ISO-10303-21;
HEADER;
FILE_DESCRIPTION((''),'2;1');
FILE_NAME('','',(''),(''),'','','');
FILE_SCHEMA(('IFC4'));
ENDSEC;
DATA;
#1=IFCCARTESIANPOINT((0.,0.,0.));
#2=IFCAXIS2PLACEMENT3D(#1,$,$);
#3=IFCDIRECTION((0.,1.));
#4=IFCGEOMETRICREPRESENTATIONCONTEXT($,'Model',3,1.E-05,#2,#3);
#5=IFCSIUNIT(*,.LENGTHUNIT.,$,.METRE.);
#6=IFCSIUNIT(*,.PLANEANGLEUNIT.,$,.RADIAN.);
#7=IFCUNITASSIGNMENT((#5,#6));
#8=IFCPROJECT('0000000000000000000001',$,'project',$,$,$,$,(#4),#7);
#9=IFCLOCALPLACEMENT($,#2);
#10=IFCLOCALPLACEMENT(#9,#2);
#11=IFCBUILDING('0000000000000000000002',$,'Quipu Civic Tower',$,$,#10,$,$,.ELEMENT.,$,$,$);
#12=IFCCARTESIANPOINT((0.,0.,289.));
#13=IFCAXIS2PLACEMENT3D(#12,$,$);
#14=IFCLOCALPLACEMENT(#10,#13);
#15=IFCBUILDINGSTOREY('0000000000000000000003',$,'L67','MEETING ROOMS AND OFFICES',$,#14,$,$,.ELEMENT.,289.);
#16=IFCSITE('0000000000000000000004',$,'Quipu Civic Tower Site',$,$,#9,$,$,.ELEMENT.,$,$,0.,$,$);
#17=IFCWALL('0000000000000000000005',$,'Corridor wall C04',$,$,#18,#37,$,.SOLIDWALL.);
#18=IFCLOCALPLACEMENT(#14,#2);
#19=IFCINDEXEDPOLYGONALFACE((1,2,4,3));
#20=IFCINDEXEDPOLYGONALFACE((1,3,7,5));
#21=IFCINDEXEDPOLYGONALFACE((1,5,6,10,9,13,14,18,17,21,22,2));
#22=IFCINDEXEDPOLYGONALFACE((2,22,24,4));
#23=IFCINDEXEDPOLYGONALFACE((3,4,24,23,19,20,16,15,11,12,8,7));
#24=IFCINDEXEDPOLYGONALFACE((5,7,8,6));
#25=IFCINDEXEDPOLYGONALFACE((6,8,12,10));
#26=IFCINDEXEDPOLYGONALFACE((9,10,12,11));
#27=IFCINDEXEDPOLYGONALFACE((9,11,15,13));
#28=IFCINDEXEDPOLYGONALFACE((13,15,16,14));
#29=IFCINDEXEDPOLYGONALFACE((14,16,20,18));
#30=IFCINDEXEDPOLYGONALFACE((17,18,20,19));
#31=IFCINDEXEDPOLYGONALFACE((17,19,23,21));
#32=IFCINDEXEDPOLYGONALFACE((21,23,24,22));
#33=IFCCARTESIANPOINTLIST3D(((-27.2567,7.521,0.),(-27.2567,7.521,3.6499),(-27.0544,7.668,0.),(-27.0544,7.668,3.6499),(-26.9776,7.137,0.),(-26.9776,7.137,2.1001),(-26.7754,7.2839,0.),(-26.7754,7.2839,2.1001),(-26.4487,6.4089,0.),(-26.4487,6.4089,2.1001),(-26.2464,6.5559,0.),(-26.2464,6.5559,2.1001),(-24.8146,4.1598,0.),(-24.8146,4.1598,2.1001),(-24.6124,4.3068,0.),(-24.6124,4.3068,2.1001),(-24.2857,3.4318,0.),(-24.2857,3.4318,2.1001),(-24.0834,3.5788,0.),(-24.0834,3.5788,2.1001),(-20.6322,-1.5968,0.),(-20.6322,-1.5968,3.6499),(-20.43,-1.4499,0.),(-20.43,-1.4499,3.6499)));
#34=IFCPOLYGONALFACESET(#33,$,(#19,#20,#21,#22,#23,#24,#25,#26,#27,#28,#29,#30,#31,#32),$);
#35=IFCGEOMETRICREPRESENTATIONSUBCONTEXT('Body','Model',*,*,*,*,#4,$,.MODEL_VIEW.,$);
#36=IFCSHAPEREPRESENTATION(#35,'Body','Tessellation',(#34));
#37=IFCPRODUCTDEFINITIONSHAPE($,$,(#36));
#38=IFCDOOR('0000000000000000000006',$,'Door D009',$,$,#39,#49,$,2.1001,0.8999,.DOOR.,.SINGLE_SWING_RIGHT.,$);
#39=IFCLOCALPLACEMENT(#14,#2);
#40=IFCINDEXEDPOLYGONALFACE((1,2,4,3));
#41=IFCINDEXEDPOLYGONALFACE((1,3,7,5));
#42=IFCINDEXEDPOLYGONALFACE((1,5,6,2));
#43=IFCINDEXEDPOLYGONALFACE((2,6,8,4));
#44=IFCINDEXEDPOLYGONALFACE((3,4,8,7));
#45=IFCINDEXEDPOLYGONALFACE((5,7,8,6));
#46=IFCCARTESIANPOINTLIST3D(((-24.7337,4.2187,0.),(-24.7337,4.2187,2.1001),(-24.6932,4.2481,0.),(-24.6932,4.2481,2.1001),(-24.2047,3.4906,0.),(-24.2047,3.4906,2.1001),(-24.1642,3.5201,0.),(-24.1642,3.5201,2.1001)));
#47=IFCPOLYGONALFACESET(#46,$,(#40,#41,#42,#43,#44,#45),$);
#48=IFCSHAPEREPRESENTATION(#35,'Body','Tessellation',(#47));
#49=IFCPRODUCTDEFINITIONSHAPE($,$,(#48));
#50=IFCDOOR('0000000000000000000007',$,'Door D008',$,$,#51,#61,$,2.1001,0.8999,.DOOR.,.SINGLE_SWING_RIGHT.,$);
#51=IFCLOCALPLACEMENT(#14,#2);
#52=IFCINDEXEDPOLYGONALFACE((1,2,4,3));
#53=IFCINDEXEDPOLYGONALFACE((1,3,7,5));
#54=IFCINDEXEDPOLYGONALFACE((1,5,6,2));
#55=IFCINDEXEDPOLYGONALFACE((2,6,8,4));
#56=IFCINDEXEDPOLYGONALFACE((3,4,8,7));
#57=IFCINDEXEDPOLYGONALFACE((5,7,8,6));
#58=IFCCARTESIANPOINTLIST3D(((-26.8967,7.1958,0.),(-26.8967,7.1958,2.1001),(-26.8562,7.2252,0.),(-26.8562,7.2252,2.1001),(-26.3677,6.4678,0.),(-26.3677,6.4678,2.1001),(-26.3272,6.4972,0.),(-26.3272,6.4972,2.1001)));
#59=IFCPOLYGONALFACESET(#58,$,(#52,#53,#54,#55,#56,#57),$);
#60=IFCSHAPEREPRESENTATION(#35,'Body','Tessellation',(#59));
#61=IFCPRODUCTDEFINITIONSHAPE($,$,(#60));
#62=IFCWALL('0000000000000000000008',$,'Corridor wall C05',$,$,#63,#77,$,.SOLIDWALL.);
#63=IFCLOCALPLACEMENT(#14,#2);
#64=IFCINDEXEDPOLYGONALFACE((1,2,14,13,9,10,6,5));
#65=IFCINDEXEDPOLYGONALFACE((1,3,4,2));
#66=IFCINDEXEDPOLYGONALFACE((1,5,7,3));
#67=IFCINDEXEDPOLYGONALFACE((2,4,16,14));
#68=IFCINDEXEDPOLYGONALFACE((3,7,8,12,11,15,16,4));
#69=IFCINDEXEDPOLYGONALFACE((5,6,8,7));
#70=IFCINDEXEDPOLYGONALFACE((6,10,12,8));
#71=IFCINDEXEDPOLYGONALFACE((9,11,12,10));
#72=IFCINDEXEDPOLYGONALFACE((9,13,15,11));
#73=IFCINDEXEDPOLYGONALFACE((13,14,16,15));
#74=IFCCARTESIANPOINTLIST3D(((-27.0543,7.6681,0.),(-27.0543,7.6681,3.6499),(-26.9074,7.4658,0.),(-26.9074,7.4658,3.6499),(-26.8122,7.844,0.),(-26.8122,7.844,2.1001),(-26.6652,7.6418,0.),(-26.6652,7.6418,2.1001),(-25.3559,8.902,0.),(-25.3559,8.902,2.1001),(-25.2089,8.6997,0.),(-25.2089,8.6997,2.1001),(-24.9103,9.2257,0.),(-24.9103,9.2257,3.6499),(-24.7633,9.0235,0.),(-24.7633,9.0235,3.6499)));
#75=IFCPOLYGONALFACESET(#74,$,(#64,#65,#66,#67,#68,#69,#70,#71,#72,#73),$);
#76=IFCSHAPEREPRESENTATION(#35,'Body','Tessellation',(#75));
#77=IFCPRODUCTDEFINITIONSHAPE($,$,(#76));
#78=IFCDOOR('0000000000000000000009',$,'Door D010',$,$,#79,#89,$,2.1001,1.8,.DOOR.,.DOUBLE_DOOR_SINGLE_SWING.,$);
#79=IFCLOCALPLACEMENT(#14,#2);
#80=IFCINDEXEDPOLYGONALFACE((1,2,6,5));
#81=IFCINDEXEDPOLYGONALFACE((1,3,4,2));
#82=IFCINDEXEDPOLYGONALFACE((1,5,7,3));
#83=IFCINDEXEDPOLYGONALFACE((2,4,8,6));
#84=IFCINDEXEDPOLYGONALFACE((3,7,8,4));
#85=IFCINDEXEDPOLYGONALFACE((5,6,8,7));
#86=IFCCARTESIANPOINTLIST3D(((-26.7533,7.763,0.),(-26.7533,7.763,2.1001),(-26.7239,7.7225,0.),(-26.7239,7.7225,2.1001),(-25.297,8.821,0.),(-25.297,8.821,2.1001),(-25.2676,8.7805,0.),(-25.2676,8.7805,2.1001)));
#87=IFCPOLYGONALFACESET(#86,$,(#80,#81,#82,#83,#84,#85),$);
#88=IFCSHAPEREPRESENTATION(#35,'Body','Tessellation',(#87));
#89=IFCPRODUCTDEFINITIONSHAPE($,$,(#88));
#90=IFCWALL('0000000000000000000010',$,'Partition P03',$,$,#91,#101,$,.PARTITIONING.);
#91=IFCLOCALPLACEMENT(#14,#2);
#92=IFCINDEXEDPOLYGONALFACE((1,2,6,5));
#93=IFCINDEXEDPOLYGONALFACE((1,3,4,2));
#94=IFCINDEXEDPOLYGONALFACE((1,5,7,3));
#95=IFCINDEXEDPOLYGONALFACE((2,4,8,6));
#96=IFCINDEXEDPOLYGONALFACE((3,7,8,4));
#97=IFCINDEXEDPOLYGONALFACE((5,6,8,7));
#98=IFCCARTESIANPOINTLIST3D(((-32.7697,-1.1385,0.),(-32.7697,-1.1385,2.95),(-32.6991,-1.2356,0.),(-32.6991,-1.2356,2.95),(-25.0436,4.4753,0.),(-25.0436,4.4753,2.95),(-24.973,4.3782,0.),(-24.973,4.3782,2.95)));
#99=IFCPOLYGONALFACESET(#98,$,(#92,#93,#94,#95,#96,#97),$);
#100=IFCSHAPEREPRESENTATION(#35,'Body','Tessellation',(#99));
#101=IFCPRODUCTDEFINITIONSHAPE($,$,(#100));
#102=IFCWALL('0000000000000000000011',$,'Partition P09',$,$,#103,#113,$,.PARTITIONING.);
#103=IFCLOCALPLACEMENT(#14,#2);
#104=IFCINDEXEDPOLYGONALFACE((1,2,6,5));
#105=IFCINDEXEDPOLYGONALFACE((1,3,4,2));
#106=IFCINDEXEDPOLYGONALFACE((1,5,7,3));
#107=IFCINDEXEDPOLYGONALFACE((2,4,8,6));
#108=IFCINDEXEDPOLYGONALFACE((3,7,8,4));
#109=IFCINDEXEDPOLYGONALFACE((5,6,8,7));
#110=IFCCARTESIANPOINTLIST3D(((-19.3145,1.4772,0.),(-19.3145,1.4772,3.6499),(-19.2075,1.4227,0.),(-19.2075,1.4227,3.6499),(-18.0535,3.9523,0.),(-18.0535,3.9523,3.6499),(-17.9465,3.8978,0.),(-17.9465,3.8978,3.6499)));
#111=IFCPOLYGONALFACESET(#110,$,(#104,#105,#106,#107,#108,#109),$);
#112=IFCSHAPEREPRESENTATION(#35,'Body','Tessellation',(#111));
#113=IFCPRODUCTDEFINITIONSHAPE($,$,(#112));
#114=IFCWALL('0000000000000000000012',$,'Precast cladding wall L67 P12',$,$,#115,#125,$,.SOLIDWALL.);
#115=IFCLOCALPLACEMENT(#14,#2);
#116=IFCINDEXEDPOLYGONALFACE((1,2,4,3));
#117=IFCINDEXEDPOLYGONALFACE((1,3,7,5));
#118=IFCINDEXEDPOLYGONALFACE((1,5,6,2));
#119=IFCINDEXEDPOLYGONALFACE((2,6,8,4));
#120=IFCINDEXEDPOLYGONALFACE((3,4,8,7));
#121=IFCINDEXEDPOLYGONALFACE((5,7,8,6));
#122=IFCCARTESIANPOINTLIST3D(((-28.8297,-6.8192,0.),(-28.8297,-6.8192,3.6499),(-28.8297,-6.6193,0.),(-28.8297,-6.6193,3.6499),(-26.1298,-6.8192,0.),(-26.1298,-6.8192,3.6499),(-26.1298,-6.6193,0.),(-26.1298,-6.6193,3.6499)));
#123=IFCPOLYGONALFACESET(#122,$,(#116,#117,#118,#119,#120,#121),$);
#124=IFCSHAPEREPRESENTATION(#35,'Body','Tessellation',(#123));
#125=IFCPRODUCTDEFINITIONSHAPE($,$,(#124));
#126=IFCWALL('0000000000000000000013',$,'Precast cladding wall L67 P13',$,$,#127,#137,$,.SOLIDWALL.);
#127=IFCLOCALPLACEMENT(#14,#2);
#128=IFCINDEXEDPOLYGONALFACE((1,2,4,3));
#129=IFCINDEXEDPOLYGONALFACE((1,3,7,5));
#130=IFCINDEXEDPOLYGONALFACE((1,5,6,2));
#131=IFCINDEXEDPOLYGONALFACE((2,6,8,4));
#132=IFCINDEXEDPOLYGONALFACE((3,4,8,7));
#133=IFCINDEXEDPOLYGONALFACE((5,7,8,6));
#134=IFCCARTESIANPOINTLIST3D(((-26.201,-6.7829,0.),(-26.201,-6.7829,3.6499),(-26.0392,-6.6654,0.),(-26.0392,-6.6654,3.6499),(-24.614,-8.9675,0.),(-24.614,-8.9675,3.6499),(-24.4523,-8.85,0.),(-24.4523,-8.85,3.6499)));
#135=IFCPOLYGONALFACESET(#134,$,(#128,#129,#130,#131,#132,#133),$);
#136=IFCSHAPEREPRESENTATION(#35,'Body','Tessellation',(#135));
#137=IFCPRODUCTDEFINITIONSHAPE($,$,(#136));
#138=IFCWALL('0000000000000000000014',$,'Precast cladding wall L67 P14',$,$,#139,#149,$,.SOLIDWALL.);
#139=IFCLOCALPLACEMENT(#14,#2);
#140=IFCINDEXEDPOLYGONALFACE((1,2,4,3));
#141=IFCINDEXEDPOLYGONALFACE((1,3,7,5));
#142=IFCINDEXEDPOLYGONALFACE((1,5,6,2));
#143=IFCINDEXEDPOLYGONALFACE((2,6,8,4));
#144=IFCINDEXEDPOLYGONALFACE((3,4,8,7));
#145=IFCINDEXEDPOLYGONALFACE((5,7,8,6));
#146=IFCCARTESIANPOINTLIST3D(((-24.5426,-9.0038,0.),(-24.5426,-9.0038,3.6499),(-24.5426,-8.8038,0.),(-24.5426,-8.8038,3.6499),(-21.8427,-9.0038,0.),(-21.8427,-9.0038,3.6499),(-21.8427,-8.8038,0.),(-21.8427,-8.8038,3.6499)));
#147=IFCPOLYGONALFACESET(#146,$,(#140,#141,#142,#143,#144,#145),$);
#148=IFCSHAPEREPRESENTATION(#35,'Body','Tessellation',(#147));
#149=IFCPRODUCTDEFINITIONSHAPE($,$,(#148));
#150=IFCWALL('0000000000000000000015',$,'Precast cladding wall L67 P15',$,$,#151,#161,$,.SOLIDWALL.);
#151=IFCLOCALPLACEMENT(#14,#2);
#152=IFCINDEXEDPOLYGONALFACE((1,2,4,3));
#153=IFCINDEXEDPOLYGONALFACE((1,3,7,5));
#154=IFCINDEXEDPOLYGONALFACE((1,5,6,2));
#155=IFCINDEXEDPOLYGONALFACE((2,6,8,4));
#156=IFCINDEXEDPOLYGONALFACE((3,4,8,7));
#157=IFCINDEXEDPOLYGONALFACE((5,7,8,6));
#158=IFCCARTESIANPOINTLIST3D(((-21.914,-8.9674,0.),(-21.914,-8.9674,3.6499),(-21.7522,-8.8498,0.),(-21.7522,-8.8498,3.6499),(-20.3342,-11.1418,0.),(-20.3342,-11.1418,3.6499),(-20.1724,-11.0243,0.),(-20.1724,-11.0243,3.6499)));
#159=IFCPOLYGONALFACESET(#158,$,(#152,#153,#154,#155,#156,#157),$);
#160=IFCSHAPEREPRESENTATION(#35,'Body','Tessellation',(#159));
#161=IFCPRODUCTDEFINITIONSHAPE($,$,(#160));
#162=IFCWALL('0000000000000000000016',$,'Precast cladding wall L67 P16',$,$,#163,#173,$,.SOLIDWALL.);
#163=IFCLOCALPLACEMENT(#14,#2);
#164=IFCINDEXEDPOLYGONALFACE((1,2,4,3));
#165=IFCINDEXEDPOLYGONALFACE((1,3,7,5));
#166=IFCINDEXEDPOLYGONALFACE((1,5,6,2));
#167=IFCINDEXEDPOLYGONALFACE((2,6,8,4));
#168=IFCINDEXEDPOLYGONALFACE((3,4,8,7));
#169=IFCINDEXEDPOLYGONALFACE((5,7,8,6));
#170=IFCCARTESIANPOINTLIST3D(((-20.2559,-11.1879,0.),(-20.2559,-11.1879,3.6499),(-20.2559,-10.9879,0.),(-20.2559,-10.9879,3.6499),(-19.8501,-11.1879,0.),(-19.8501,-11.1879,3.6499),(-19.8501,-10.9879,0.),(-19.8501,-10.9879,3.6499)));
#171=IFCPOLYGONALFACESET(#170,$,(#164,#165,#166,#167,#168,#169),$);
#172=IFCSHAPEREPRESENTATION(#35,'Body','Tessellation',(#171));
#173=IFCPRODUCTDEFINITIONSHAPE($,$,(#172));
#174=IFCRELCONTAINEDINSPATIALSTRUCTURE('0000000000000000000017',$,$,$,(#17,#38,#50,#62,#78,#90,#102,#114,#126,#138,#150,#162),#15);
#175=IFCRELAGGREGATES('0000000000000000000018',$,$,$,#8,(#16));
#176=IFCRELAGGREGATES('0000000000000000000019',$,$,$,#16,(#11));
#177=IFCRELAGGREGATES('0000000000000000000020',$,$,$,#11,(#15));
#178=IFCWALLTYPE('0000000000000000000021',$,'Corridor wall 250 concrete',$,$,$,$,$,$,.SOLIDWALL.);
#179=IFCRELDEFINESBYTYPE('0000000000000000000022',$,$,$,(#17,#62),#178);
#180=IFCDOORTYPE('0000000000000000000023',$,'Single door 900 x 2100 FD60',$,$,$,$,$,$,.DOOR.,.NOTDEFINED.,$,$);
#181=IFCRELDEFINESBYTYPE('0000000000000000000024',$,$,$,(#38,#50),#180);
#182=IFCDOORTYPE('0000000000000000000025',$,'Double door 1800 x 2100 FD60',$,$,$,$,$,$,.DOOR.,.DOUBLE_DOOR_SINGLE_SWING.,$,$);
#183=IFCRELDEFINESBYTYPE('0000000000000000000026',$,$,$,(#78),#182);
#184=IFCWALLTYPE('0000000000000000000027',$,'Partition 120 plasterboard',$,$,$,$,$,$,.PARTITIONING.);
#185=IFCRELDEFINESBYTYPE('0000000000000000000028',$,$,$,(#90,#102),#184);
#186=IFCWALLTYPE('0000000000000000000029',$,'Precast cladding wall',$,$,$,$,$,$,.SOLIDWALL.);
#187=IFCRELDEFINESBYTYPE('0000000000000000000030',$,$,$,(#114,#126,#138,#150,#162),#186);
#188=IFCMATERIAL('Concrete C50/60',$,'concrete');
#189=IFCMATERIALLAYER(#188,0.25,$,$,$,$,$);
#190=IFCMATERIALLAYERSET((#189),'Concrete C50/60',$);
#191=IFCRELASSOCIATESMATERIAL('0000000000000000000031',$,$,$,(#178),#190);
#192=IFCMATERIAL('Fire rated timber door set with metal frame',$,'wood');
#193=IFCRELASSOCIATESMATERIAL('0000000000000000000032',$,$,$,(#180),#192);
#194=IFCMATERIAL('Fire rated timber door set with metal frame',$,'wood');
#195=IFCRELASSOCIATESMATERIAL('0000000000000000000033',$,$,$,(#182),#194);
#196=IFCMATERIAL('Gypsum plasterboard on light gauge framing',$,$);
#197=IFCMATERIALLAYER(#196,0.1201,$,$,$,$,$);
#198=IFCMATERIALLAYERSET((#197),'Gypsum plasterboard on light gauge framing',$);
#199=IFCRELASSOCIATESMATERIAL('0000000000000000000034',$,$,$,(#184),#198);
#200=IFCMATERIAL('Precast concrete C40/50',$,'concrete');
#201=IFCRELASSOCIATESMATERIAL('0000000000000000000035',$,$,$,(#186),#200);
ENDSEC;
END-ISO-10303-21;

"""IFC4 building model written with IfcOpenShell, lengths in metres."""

from ifc_helpers import new_model, si_unit, direction, frame, frame_2d, origin, place, context, subcontext, project, spatial, rectangle, extrude, material, layer, layer_set, type_object, element, fill, save


model = new_model("IFC4")

# Units and contexts
model_context = context("Model", 3, precision=1e-05, world=origin(), true_north=direction((0.0, 1.0)))
body_context = subcontext(model_context, "Body", "Model", "MODEL_VIEW")
ifc_project = project(units=[si_unit("LENGTHUNIT", "METRE"), si_unit("PLANEANGLEUNIT", "RADIAN")], contexts=[model_context])

# Site, building, storey
site_placement = place(None, origin())
site = spatial("IfcSite", under=ifc_project, at=site_placement, Name="Quipu Civic Tower Site", CompositionType="ELEMENT", RefElevation=0.0)
building_placement = place(site_placement, origin())
building = spatial("IfcBuilding", under=site, at=building_placement, Name="Quipu Civic Tower", CompositionType="ELEMENT")
storey_placement = place(building_placement, frame((0.0, 0.0, 289.0)))
storey = spatial("IfcBuildingStorey", under=building, at=storey_placement, Name="L67", Description="MEETING ROOMS AND OFFICES", CompositionType="ELEMENT", Elevation=289.0)

# Wall, openings, doors
ifc_material_1 = material(Name="Concrete C50/60", Category="concrete")
ifc_layer_1 = layer(ifc_material_1, 0.25)
ifc_layer_set_1 = layer_set([ifc_layer_1], Name="Concrete C50/60")
wall_type_1 = type_object("IfcWallType", Name="Corridor wall 250 concrete", PredefinedType="SOLIDWALL", material=ifc_layer_set_1)
wall_1_placement = place(storey_placement, frame((-20.531, -1.5234, 0.0), z_axis=(0.0, 0.0, 1.0), x_axis=(-0.587783, 0.809019, 0.0)))
wall_1 = element("IfcWall", 1, at=wall_1_placement, inside=storey, type_object=wall_type_1, Name="Corridor wall C04", PredefinedType="SOLIDWALL", context=body_context, shape_type="SweptSolid", body=[
    extrude(rectangle(XDim=11.2703, YDim=0.25, at=frame_2d((5.6353, 0.0))), origin(), (0.0, 0.0, 1.0), 3.6499),
])
opening_1_placement = place(wall_1_placement, frame((6.2158, 0.0, 0.0)))
opening_1 = element("IfcOpeningElement", 2, at=opening_1_placement, cuts=wall_1, PredefinedType="OPENING", context=body_context, shape_type="SweptSolid", body=[
    extrude(rectangle(XDim=0.8999, YDim=2.1001, at=frame_2d((0.45, 1.05))), frame((0.0, 0.135, 0.0), z_axis=(0.0, -1.0, 0.0), x_axis=(1.0, 0.0, 0.0)), (0.0, 0.0, 1.0), 0.27),
])
opening_2_placement = place(wall_1_placement, frame((9.8958, 0.0, 0.0)))
opening_2 = element("IfcOpeningElement", 3, at=opening_2_placement, cuts=wall_1, PredefinedType="OPENING", context=body_context, shape_type="SweptSolid", body=[
    extrude(rectangle(XDim=0.8999, YDim=2.1001, at=frame_2d((0.45, 1.05))), frame((0.0, 0.135, 0.0), z_axis=(0.0, -1.0, 0.0), x_axis=(1.0, 0.0, 0.0)), (0.0, 0.0, 1.0), 0.27),
])
ifc_material_2 = material(Name="Fire rated timber door set with metal frame", Category="wood")
door_type_1 = type_object("IfcDoorType", Name="Single door 900 x 2100 FD60", OperationType="NOTDEFINED", PredefinedType="DOOR", material=ifc_material_2)
door_1_placement = place(opening_1_placement, origin())
door_1 = element("IfcDoor", 4, at=door_1_placement, inside=storey, type_object=door_type_1, Name="Door D009", OperationType="SINGLE_SWING_RIGHT", OverallHeight=2.1001, OverallWidth=0.8999, PredefinedType="DOOR", context=body_context, shape_type="SweptSolid", body=[
    extrude(rectangle(XDim=0.8999, YDim=2.1001, at=frame_2d((0.45, 1.05))), frame((0.0, 0.0249, 0.0), z_axis=(0.0, -1.0, 0.0), x_axis=(1.0, 0.0, 0.0)), (0.0, 0.0, 1.0), 0.05),
])
fill(opening_1, door_1)
door_2_placement = place(opening_2_placement, origin())
door_2 = element("IfcDoor", 5, at=door_2_placement, inside=storey, type_object=door_type_1, Name="Door D008", OperationType="SINGLE_SWING_RIGHT", OverallHeight=2.1001, OverallWidth=0.8999, PredefinedType="DOOR", context=body_context, shape_type="SweptSolid", body=[
    extrude(rectangle(XDim=0.8999, YDim=2.1001, at=frame_2d((0.45, 1.05))), frame((0.0, 0.0249, 0.0), z_axis=(0.0, -1.0, 0.0), x_axis=(1.0, 0.0, 0.0)), (0.0, 0.0, 1.0), 0.05),
])
fill(opening_2, door_2)

# Wall, opening, door
wall_2_placement = place(storey_placement, frame((-26.981, 7.5669, 0.0), z_axis=(0.0, 0.0, 1.0), x_axis=(0.809039, 0.587755, 0.0)))
wall_2 = element("IfcWall", 6, at=wall_2_placement, inside=storey, type_object=wall_type_1, Name="Corridor wall C05", PredefinedType="SOLIDWALL", context=body_context, shape_type="SweptSolid", body=[
    extrude(rectangle(XDim=2.6501, YDim=0.25, at=frame_2d((1.3252, 0.0))), origin(), (0.0, 0.0, 1.0), 3.6499),
])
opening_3_placement = place(wall_2_placement, frame((0.2996, 0.0, 0.0)))
opening_3 = element("IfcOpeningElement", 7, at=opening_3_placement, cuts=wall_2, PredefinedType="OPENING", context=body_context, shape_type="SweptSolid", body=[
    extrude(rectangle(XDim=1.8, YDim=2.1001, at=frame_2d((0.8999, 1.05))), frame((0.0, 0.135, 0.0), z_axis=(0.0, -1.0, 0.0), x_axis=(1.0, 0.0, 0.0)), (0.0, 0.0, 1.0), 0.27),
])
ifc_material_3 = material(Name="Fire rated timber door set with metal frame", Category="wood")
door_type_2 = type_object("IfcDoorType", Name="Double door 1800 x 2100 FD60", OperationType="DOUBLE_DOOR_SINGLE_SWING", PredefinedType="DOOR", material=ifc_material_3)
door_3_placement = place(opening_3_placement, origin())
door_3 = element("IfcDoor", 8, at=door_3_placement, inside=storey, type_object=door_type_2, Name="Door D010", OperationType="DOUBLE_DOOR_SINGLE_SWING", OverallHeight=2.1001, OverallWidth=1.8, PredefinedType="DOOR", context=body_context, shape_type="SweptSolid", body=[
    extrude(rectangle(XDim=1.8, YDim=2.1001, at=frame_2d((0.8999, 1.05))), frame((0.0, 0.0249, 0.0), z_axis=(0.0, -1.0, 0.0), x_axis=(1.0, 0.0, 0.0)), (0.0, 0.0, 1.0), 0.05),
])
fill(opening_3, door_3)

# Walls
ifc_material_4 = material(Name="Gypsum plasterboard on light gauge framing")
ifc_layer_2 = layer(ifc_material_4, 0.1201)
ifc_layer_set_2 = layer_set([ifc_layer_2], Name="Gypsum plasterboard on light gauge framing")
wall_type_2 = type_object("IfcWallType", Name="Partition 120 plasterboard", PredefinedType="PARTITIONING", material=ifc_layer_set_2)
wall_3_placement = place(storey_placement, frame((-25.0083, 4.4268, 0.0), z_axis=(0.0, 0.0, 1.0), x_axis=(-0.808995, -0.587816, 0.0)))
element("IfcWall", 9, at=wall_3_placement, inside=storey, type_object=wall_type_2, Name="Partition P03", PredefinedType="PARTITIONING", context=body_context, shape_type="SweptSolid", body=[
    extrude(rectangle(XDim=9.5503, YDim=0.1201, at=frame_2d((4.7751, 0.0))), origin(), (0.0, 0.0, 1.0), 2.95),
])
wall_4_placement = place(storey_placement, frame((-19.261, 1.45, 0.0), z_axis=(0.0, 0.0, 1.0), x_axis=(0.453951, 0.891027, 0.0)))
element("IfcWall", 10, at=wall_4_placement, inside=storey, type_object=wall_type_2, Name="Partition P09", PredefinedType="PARTITIONING", context=body_context, shape_type="SweptSolid", body=[
    extrude(rectangle(XDim=2.7778, YDim=0.1201, at=frame_2d((1.3889, 0.0))), origin(), (0.0, 0.0, 1.0), 3.6499),
])
ifc_material_5 = material(Name="Precast concrete C40/50", Category="concrete")
wall_type_3 = type_object("IfcWallType", Name="Precast cladding wall", PredefinedType="SOLIDWALL", material=ifc_material_5)
wall_5_placement = place(storey_placement, frame((-28.8298, -6.7192, 0.0), z_axis=(0.0, 0.0, 1.0), x_axis=(1.0, 0.0, 0.0)))
element("IfcWall", 11, at=wall_5_placement, inside=storey, type_object=wall_type_3, Name="Precast cladding wall L67 P12", PredefinedType="SOLIDWALL", context=body_context, shape_type="SweptSolid", body=[
    extrude(rectangle(XDim=2.7, YDim=0.2, at=frame_2d((1.3501, 0.0))), origin(), (0.0, 0.0, 1.0), 3.6499),
])
wall_6_placement = place(storey_placement, frame((-26.1201, -6.7241, 0.0), z_axis=(0.0, 0.0, 1.0), x_axis=(0.58772, -0.809064, 0.0)))
element("IfcWall", 12, at=wall_6_placement, inside=storey, type_object=wall_type_3, Name="Precast cladding wall L67 P13", PredefinedType="SOLIDWALL", context=body_context, shape_type="SweptSolid", body=[
    extrude(rectangle(XDim=2.7002, YDim=0.2, at=frame_2d((1.3501, 0.0))), origin(), (0.0, 0.0, 1.0), 3.6499),
])
wall_7_placement = place(storey_placement, frame((-24.5427, -8.9038, 0.0), z_axis=(0.0, 0.0, 1.0), x_axis=(1.0, 0.0, 0.0)))
element("IfcWall", 13, at=wall_7_placement, inside=storey, type_object=wall_type_3, Name="Precast cladding wall L67 P14", PredefinedType="SOLIDWALL", context=body_context, shape_type="SweptSolid", body=[
    extrude(rectangle(XDim=2.7, YDim=0.2, at=frame_2d((1.3501, 0.0))), origin(), (0.0, 0.0, 1.0), 3.6499),
])
wall_8_placement = place(storey_placement, frame((-21.833, -8.9087, 0.0), z_axis=(0.0, 0.0, 1.0), x_axis=(0.587767, -0.809031, 0.0)))
element("IfcWall", 14, at=wall_8_placement, inside=storey, type_object=wall_type_3, Name="Precast cladding wall L67 P15", PredefinedType="SOLIDWALL", context=body_context, shape_type="SweptSolid", body=[
    extrude(rectangle(XDim=2.6877, YDim=0.2, at=frame_2d((1.3438, 0.0))), origin(), (0.0, 0.0, 1.0), 3.6499),
])
wall_9_placement = place(storey_placement, frame((-20.2559, -11.0879, 0.0), z_axis=(0.0, 0.0, 1.0), x_axis=(1.0, 0.0, 0.0)))
element("IfcWall", 15, at=wall_9_placement, inside=storey, type_object=wall_type_3, Name="Precast cladding wall L67 P16", PredefinedType="SOLIDWALL", context=body_context, shape_type="SweptSolid", body=[
    extrude(rectangle(XDim=0.4058, YDim=0.2, at=frame_2d((0.2029, 0.0))), origin(), (0.0, 0.0, 1.0), 3.6499),
])

save(model, "model.ifc")
